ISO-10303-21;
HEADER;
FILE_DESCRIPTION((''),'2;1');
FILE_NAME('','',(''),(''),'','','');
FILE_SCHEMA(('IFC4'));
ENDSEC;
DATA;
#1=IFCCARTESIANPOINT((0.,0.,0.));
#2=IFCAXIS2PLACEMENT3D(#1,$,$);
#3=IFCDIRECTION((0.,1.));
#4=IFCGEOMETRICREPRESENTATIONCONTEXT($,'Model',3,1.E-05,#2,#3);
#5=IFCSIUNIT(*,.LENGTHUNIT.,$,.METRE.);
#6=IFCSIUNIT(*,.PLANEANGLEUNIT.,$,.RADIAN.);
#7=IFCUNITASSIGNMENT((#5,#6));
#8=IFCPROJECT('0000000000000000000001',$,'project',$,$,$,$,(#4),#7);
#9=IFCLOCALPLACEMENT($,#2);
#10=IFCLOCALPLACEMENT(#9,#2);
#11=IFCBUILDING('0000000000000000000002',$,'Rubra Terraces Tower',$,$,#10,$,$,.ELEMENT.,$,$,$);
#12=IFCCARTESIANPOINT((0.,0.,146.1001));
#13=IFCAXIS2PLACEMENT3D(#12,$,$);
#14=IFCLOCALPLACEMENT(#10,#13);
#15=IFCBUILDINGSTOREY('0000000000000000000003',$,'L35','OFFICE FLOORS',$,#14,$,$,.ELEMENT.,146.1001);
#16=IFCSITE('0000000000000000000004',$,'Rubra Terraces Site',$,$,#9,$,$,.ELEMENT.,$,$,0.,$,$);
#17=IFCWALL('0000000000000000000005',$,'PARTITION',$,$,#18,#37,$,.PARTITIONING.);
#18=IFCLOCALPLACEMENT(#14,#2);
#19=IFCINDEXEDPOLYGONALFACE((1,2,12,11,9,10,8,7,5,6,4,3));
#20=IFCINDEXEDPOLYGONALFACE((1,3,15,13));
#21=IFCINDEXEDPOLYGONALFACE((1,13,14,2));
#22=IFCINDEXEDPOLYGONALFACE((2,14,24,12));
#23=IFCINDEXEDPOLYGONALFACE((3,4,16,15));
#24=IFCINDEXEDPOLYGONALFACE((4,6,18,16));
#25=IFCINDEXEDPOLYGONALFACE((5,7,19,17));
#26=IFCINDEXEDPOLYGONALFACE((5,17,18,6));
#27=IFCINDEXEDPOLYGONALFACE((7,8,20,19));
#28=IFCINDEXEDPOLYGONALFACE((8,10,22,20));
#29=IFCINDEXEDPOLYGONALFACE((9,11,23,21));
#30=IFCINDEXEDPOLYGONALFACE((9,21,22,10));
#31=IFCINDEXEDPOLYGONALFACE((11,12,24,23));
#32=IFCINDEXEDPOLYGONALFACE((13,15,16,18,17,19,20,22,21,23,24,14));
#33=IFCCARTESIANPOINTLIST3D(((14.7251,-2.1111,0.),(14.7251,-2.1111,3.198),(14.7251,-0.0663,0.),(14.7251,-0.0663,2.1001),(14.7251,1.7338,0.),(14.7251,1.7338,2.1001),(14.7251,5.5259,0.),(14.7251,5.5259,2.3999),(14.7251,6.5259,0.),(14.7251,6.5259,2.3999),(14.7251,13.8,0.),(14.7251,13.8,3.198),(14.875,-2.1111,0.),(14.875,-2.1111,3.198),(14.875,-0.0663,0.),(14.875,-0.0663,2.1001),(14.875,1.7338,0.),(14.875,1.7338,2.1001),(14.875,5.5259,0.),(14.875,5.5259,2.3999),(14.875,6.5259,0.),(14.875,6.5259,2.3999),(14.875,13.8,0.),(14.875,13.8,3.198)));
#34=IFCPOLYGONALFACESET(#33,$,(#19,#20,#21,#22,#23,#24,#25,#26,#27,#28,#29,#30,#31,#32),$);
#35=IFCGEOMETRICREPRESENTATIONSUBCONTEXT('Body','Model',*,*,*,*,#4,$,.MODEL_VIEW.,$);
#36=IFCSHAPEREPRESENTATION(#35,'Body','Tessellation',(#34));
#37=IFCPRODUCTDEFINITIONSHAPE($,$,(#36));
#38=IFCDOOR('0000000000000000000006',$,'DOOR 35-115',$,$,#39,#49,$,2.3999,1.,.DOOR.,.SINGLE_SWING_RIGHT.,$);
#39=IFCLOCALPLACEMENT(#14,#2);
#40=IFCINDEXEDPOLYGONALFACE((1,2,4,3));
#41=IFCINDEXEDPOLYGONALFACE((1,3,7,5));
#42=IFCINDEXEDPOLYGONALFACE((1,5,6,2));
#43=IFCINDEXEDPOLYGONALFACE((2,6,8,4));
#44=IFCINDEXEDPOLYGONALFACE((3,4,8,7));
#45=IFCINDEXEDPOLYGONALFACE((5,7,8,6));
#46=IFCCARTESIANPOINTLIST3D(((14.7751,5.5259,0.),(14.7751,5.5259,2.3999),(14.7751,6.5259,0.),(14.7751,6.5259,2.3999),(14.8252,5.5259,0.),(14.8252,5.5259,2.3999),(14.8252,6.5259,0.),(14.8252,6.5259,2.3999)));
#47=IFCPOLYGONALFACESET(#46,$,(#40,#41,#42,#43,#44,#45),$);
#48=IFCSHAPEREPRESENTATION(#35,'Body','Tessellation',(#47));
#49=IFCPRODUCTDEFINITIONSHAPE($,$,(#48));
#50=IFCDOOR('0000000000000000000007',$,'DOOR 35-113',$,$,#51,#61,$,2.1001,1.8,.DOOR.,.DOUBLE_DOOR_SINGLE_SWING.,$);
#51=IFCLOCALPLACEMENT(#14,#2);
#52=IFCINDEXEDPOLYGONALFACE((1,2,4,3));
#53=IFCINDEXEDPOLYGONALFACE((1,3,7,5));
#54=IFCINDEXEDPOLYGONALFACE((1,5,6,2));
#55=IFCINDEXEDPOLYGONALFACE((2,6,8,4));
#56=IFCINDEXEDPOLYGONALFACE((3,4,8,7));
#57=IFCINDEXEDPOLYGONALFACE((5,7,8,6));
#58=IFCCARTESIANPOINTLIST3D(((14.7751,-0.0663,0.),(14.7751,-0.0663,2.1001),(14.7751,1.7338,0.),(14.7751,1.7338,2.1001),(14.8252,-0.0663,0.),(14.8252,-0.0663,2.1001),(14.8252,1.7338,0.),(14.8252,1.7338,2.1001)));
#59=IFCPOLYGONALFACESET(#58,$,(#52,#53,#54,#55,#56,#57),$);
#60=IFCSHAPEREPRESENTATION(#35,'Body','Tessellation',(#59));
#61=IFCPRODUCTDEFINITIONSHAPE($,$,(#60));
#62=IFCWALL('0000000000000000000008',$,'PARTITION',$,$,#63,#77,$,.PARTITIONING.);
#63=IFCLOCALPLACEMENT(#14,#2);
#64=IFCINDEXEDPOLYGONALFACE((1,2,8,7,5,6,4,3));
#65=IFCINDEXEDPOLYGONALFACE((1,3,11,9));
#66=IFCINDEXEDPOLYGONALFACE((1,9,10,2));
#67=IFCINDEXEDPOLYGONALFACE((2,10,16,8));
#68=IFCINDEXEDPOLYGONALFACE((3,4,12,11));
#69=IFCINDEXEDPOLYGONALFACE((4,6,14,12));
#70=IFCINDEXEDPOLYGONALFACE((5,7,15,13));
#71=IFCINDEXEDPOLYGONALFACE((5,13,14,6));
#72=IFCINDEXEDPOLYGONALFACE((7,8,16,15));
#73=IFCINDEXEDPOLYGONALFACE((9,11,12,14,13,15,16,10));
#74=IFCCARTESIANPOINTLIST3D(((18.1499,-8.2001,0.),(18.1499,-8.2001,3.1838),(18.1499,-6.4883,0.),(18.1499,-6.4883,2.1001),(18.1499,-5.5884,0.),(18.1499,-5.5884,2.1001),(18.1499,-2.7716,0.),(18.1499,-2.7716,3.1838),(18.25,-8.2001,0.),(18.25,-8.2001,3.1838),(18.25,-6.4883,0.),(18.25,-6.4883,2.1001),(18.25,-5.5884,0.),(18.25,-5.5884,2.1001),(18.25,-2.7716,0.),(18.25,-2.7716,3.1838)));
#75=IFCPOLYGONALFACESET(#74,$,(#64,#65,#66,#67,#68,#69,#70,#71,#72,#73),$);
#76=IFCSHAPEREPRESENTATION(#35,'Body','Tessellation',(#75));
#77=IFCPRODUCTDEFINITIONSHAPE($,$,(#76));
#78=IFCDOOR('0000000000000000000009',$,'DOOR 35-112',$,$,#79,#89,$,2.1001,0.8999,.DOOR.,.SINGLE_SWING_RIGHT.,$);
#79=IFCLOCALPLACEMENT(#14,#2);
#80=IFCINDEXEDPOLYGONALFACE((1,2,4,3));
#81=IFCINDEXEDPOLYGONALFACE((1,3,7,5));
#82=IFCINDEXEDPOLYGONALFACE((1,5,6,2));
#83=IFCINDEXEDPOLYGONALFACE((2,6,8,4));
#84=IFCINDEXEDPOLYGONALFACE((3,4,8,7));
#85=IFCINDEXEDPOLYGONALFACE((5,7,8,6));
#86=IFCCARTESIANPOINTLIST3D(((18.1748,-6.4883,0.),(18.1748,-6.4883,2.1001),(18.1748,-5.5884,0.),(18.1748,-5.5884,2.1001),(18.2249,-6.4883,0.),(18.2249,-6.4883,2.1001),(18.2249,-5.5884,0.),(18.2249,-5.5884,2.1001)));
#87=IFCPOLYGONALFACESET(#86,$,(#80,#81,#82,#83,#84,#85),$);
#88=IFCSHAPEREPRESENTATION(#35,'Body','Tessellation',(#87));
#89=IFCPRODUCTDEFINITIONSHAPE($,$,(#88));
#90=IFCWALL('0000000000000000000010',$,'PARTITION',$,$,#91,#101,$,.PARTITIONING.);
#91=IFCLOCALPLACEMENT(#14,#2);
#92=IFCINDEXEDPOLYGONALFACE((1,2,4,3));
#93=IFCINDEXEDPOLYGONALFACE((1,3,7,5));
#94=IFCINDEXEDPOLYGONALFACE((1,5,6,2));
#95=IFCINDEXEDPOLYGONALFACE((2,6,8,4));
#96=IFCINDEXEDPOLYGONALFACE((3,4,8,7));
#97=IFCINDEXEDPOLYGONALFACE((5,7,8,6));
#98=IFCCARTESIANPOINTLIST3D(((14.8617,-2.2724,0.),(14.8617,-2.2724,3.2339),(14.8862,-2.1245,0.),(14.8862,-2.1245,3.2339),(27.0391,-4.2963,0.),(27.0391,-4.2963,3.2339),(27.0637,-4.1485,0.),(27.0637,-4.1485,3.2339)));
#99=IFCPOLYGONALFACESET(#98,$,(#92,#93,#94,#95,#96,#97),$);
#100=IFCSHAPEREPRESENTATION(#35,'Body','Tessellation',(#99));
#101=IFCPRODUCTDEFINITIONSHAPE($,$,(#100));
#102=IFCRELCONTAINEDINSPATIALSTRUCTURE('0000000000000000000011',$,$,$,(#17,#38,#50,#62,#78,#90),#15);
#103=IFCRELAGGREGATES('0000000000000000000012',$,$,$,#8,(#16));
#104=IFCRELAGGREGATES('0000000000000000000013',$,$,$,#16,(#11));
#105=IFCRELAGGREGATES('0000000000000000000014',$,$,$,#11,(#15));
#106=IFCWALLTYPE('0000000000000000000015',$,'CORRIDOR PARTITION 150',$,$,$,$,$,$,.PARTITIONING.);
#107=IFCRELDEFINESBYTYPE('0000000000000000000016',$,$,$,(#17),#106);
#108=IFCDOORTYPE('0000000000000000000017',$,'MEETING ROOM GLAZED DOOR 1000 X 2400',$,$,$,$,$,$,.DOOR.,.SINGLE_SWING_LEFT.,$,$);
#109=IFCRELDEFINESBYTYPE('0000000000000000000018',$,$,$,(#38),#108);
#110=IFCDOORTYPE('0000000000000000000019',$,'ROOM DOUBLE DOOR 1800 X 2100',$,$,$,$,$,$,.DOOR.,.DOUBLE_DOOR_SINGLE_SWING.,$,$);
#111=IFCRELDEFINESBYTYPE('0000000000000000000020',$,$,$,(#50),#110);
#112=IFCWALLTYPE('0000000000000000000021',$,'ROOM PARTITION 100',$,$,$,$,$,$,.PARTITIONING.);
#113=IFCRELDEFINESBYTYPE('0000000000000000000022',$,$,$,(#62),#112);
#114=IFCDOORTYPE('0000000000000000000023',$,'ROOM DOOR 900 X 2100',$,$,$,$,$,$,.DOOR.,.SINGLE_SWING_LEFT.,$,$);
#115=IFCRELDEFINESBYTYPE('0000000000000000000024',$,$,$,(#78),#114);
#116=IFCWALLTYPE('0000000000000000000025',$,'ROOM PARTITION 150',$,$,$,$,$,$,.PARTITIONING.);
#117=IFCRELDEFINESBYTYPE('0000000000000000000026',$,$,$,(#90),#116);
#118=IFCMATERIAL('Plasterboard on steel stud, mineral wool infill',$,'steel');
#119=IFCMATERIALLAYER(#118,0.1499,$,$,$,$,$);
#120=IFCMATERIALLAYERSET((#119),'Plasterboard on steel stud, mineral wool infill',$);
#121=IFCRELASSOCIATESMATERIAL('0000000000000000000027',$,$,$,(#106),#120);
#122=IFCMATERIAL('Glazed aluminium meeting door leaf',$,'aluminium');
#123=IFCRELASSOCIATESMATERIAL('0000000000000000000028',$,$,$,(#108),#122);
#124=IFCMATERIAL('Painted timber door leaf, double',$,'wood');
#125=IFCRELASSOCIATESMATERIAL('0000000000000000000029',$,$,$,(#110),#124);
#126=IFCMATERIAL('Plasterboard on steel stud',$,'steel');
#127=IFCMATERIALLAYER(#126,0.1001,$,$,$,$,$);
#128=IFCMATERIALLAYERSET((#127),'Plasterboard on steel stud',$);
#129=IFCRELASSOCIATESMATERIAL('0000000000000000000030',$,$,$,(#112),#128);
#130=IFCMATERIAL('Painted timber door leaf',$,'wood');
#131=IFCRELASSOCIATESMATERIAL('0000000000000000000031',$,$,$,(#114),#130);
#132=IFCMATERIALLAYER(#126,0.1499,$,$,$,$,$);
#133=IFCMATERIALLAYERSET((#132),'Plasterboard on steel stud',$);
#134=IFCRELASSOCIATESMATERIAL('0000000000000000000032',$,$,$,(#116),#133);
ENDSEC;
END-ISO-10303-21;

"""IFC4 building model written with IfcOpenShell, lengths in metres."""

from ifc_helpers import new_model, si_unit, direction, frame, frame_2d, origin, place, context, subcontext, project, spatial, rectangle, extrude, material, layer, layer_set, type_object, element, fill, save


model = new_model("IFC4")

# Units and contexts
model_context = context("Model", 3, precision=1e-05, world=origin(), true_north=direction((0.0, 1.0)))
body_context = subcontext(model_context, "Body", "Model", "MODEL_VIEW")
ifc_project = project(units=[si_unit("LENGTHUNIT", "METRE"), si_unit("PLANEANGLEUNIT", "RADIAN")], contexts=[model_context])

# Site, building, storey
site_placement = place(None, origin())
site = spatial("IfcSite", under=ifc_project, at=site_placement, Name="Rubra Terraces Site", CompositionType="ELEMENT", RefElevation=0.0)
building_placement = place(site_placement, origin())
building = spatial("IfcBuilding", under=site, at=building_placement, Name="Rubra Terraces Tower", CompositionType="ELEMENT")
storey_placement = place(building_placement, frame((0.0, 0.0, 146.1001)))
storey = spatial("IfcBuildingStorey", under=building, at=storey_placement, Name="L35", Description="OFFICE FLOORS", CompositionType="ELEMENT", Elevation=146.1001)

# Shared definitions
ifc_material_1 = material(Name="Plasterboard on steel stud, mineral wool infill", Category="steel")
ifc_layer_1 = layer(ifc_material_1, 0.1499)
ifc_layer_set_1 = layer_set([ifc_layer_1], Name="Plasterboard on steel stud, mineral wool infill")
wall_type_1 = type_object("IfcWallType", Name="CORRIDOR PARTITION 150", PredefinedType="PARTITIONING", material=ifc_layer_set_1)

# Wall, openings, doors
wall_1_placement = place(storey_placement, frame((14.8, -2.1111, 0.0), z_axis=(0.0, 0.0, 1.0), x_axis=(0.0, 1.0, 0.0)))
wall_1 = element("IfcWall", 1, at=wall_1_placement, inside=storey, type_object=wall_type_1, Name="PARTITION", PredefinedType="PARTITIONING", context=body_context, shape_type="SweptSolid", body=[
    extrude(rectangle(XDim=15.9111, YDim=0.1499, at=frame_2d((7.9556, 0.0))), origin(), (0.0, 0.0, 1.0), 3.198),
])
opening_1_placement = place(wall_1_placement, frame((2.0449, 0.0, 0.0)))
opening_1 = element("IfcOpeningElement", 2, at=opening_1_placement, cuts=wall_1, PredefinedType="OPENING", context=body_context, shape_type="SweptSolid", body=[
    extrude(rectangle(XDim=1.8, YDim=2.1001, at=frame_2d((0.8999, 1.05))), frame((0.0, 0.085, 0.0), z_axis=(0.0, -1.0, 0.0), x_axis=(1.0, 0.0, 0.0)), (0.0, 0.0, 1.0), 0.1699),
])
opening_2_placement = place(wall_1_placement, frame((7.637, 0.0, 0.0)))
opening_2 = element("IfcOpeningElement", 3, at=opening_2_placement, cuts=wall_1, PredefinedType="OPENING", context=body_context, shape_type="SweptSolid", body=[
    extrude(rectangle(XDim=1.0, YDim=2.3999, at=frame_2d((0.5, 1.2))), frame((0.0, 0.085, 0.0), z_axis=(0.0, -1.0, 0.0), x_axis=(1.0, 0.0, 0.0)), (0.0, 0.0, 1.0), 0.1699),
])
ifc_material_2 = material(Name="Glazed aluminium meeting door leaf", Category="aluminium")
door_type_1 = type_object("IfcDoorType", Name="MEETING ROOM GLAZED DOOR 1000 X 2400", OperationType="SINGLE_SWING_LEFT", PredefinedType="DOOR", material=ifc_material_2)
door_1_placement = place(opening_2_placement, origin())
door_1 = element("IfcDoor", 4, at=door_1_placement, inside=storey, type_object=door_type_1, Name="DOOR 35-115", OperationType="SINGLE_SWING_RIGHT", OverallHeight=2.3999, OverallWidth=1.0, PredefinedType="DOOR", context=body_context, shape_type="SweptSolid", body=[
    extrude(rectangle(XDim=1.0, YDim=2.3999, at=frame_2d((0.5, 1.2))), frame((0.0, 0.0249, 0.0), z_axis=(0.0, -1.0, 0.0), x_axis=(1.0, 0.0, 0.0)), (0.0, 0.0, 1.0), 0.05),
])
fill(opening_2, door_1)
ifc_material_3 = material(Name="Painted timber door leaf, double", Category="wood")
door_type_2 = type_object("IfcDoorType", Name="ROOM DOUBLE DOOR 1800 X 2100", OperationType="DOUBLE_DOOR_SINGLE_SWING", PredefinedType="DOOR", material=ifc_material_3)
door_2_placement = place(opening_1_placement, origin())
door_2 = element("IfcDoor", 5, at=door_2_placement, inside=storey, type_object=door_type_2, Name="DOOR 35-113", OperationType="DOUBLE_DOOR_SINGLE_SWING", OverallHeight=2.1001, OverallWidth=1.8, PredefinedType="DOOR", context=body_context, shape_type="SweptSolid", body=[
    extrude(rectangle(XDim=1.8, YDim=2.1001, at=frame_2d((0.8999, 1.05))), frame((0.0, 0.0249, 0.0), z_axis=(0.0, -1.0, 0.0), x_axis=(1.0, 0.0, 0.0)), (0.0, 0.0, 1.0), 0.05),
])
fill(opening_1, door_2)

# Wall, opening, door
ifc_material_4 = material(Name="Plasterboard on steel stud", Category="steel")
ifc_layer_2 = layer(ifc_material_4, 0.1001)
ifc_layer_set_2 = layer_set([ifc_layer_2], Name="Plasterboard on steel stud")
wall_type_2 = type_object("IfcWallType", Name="ROOM PARTITION 100", PredefinedType="PARTITIONING", material=ifc_layer_set_2)
wall_2_placement = place(storey_placement, frame((18.2, -2.7715, 0.0), z_axis=(0.0, 0.0, 1.0), x_axis=(0.0, -1.0, 0.0)))
wall_2 = element("IfcWall", 6, at=wall_2_placement, inside=storey, type_object=wall_type_2, Name="PARTITION", PredefinedType="PARTITIONING", context=body_context, shape_type="SweptSolid", body=[
    extrude(rectangle(XDim=5.4285, YDim=0.1001, at=frame_2d((2.7144, 0.0))), origin(), (0.0, 0.0, 1.0), 3.1838),
])
opening_3_placement = place(wall_2_placement, frame((2.8169, 0.0, 0.0)))
opening_3 = element("IfcOpeningElement", 7, at=opening_3_placement, cuts=wall_2, PredefinedType="OPENING", context=body_context, shape_type="SweptSolid", body=[
    extrude(rectangle(XDim=0.8999, YDim=2.1001, at=frame_2d((0.45, 1.05))), frame((0.0, 0.0601, 0.0), z_axis=(0.0, -1.0, 0.0), x_axis=(1.0, 0.0, 0.0)), (0.0, 0.0, 1.0), 0.1201),
])
ifc_material_5 = material(Name="Painted timber door leaf", Category="wood")
door_type_3 = type_object("IfcDoorType", Name="ROOM DOOR 900 X 2100", OperationType="SINGLE_SWING_LEFT", PredefinedType="DOOR", material=ifc_material_5)
door_3_placement = place(opening_3_placement, origin())
door_3 = element("IfcDoor", 8, at=door_3_placement, inside=storey, type_object=door_type_3, Name="DOOR 35-112", OperationType="SINGLE_SWING_RIGHT", OverallHeight=2.1001, OverallWidth=0.8999, PredefinedType="DOOR", context=body_context, shape_type="SweptSolid", body=[
    extrude(rectangle(XDim=0.8999, YDim=2.1001, at=frame_2d((0.45, 1.05))), frame((0.0, 0.0249, 0.0), z_axis=(0.0, -1.0, 0.0), x_axis=(1.0, 0.0, 0.0)), (0.0, 0.0, 1.0), 0.05),
])
fill(opening_3, door_3)

# Wall
ifc_layer_3 = layer(ifc_material_4, 0.1499)
ifc_layer_set_3 = layer_set([ifc_layer_3], Name="Plasterboard on steel stud")
wall_type_3 = type_object("IfcWallType", Name="ROOM PARTITION 150", PredefinedType="PARTITIONING", material=ifc_layer_set_3)
wall_3_placement = place(storey_placement, frame((27.0515, -4.2224, 0.0), z_axis=(0.0, 0.0, 1.0), x_axis=(-0.986468, 0.163953, 0.0)))
element("IfcWall", 9, at=wall_3_placement, inside=storey, type_object=wall_type_3, Name="PARTITION", PredefinedType="PARTITIONING", context=body_context, shape_type="SweptSolid", body=[
    extrude(rectangle(XDim=12.3445, YDim=0.1499, at=frame_2d((6.1724, 0.0))), origin(), (0.0, 0.0, 1.0), 3.2339),
])

save(model, "model.ifc")
